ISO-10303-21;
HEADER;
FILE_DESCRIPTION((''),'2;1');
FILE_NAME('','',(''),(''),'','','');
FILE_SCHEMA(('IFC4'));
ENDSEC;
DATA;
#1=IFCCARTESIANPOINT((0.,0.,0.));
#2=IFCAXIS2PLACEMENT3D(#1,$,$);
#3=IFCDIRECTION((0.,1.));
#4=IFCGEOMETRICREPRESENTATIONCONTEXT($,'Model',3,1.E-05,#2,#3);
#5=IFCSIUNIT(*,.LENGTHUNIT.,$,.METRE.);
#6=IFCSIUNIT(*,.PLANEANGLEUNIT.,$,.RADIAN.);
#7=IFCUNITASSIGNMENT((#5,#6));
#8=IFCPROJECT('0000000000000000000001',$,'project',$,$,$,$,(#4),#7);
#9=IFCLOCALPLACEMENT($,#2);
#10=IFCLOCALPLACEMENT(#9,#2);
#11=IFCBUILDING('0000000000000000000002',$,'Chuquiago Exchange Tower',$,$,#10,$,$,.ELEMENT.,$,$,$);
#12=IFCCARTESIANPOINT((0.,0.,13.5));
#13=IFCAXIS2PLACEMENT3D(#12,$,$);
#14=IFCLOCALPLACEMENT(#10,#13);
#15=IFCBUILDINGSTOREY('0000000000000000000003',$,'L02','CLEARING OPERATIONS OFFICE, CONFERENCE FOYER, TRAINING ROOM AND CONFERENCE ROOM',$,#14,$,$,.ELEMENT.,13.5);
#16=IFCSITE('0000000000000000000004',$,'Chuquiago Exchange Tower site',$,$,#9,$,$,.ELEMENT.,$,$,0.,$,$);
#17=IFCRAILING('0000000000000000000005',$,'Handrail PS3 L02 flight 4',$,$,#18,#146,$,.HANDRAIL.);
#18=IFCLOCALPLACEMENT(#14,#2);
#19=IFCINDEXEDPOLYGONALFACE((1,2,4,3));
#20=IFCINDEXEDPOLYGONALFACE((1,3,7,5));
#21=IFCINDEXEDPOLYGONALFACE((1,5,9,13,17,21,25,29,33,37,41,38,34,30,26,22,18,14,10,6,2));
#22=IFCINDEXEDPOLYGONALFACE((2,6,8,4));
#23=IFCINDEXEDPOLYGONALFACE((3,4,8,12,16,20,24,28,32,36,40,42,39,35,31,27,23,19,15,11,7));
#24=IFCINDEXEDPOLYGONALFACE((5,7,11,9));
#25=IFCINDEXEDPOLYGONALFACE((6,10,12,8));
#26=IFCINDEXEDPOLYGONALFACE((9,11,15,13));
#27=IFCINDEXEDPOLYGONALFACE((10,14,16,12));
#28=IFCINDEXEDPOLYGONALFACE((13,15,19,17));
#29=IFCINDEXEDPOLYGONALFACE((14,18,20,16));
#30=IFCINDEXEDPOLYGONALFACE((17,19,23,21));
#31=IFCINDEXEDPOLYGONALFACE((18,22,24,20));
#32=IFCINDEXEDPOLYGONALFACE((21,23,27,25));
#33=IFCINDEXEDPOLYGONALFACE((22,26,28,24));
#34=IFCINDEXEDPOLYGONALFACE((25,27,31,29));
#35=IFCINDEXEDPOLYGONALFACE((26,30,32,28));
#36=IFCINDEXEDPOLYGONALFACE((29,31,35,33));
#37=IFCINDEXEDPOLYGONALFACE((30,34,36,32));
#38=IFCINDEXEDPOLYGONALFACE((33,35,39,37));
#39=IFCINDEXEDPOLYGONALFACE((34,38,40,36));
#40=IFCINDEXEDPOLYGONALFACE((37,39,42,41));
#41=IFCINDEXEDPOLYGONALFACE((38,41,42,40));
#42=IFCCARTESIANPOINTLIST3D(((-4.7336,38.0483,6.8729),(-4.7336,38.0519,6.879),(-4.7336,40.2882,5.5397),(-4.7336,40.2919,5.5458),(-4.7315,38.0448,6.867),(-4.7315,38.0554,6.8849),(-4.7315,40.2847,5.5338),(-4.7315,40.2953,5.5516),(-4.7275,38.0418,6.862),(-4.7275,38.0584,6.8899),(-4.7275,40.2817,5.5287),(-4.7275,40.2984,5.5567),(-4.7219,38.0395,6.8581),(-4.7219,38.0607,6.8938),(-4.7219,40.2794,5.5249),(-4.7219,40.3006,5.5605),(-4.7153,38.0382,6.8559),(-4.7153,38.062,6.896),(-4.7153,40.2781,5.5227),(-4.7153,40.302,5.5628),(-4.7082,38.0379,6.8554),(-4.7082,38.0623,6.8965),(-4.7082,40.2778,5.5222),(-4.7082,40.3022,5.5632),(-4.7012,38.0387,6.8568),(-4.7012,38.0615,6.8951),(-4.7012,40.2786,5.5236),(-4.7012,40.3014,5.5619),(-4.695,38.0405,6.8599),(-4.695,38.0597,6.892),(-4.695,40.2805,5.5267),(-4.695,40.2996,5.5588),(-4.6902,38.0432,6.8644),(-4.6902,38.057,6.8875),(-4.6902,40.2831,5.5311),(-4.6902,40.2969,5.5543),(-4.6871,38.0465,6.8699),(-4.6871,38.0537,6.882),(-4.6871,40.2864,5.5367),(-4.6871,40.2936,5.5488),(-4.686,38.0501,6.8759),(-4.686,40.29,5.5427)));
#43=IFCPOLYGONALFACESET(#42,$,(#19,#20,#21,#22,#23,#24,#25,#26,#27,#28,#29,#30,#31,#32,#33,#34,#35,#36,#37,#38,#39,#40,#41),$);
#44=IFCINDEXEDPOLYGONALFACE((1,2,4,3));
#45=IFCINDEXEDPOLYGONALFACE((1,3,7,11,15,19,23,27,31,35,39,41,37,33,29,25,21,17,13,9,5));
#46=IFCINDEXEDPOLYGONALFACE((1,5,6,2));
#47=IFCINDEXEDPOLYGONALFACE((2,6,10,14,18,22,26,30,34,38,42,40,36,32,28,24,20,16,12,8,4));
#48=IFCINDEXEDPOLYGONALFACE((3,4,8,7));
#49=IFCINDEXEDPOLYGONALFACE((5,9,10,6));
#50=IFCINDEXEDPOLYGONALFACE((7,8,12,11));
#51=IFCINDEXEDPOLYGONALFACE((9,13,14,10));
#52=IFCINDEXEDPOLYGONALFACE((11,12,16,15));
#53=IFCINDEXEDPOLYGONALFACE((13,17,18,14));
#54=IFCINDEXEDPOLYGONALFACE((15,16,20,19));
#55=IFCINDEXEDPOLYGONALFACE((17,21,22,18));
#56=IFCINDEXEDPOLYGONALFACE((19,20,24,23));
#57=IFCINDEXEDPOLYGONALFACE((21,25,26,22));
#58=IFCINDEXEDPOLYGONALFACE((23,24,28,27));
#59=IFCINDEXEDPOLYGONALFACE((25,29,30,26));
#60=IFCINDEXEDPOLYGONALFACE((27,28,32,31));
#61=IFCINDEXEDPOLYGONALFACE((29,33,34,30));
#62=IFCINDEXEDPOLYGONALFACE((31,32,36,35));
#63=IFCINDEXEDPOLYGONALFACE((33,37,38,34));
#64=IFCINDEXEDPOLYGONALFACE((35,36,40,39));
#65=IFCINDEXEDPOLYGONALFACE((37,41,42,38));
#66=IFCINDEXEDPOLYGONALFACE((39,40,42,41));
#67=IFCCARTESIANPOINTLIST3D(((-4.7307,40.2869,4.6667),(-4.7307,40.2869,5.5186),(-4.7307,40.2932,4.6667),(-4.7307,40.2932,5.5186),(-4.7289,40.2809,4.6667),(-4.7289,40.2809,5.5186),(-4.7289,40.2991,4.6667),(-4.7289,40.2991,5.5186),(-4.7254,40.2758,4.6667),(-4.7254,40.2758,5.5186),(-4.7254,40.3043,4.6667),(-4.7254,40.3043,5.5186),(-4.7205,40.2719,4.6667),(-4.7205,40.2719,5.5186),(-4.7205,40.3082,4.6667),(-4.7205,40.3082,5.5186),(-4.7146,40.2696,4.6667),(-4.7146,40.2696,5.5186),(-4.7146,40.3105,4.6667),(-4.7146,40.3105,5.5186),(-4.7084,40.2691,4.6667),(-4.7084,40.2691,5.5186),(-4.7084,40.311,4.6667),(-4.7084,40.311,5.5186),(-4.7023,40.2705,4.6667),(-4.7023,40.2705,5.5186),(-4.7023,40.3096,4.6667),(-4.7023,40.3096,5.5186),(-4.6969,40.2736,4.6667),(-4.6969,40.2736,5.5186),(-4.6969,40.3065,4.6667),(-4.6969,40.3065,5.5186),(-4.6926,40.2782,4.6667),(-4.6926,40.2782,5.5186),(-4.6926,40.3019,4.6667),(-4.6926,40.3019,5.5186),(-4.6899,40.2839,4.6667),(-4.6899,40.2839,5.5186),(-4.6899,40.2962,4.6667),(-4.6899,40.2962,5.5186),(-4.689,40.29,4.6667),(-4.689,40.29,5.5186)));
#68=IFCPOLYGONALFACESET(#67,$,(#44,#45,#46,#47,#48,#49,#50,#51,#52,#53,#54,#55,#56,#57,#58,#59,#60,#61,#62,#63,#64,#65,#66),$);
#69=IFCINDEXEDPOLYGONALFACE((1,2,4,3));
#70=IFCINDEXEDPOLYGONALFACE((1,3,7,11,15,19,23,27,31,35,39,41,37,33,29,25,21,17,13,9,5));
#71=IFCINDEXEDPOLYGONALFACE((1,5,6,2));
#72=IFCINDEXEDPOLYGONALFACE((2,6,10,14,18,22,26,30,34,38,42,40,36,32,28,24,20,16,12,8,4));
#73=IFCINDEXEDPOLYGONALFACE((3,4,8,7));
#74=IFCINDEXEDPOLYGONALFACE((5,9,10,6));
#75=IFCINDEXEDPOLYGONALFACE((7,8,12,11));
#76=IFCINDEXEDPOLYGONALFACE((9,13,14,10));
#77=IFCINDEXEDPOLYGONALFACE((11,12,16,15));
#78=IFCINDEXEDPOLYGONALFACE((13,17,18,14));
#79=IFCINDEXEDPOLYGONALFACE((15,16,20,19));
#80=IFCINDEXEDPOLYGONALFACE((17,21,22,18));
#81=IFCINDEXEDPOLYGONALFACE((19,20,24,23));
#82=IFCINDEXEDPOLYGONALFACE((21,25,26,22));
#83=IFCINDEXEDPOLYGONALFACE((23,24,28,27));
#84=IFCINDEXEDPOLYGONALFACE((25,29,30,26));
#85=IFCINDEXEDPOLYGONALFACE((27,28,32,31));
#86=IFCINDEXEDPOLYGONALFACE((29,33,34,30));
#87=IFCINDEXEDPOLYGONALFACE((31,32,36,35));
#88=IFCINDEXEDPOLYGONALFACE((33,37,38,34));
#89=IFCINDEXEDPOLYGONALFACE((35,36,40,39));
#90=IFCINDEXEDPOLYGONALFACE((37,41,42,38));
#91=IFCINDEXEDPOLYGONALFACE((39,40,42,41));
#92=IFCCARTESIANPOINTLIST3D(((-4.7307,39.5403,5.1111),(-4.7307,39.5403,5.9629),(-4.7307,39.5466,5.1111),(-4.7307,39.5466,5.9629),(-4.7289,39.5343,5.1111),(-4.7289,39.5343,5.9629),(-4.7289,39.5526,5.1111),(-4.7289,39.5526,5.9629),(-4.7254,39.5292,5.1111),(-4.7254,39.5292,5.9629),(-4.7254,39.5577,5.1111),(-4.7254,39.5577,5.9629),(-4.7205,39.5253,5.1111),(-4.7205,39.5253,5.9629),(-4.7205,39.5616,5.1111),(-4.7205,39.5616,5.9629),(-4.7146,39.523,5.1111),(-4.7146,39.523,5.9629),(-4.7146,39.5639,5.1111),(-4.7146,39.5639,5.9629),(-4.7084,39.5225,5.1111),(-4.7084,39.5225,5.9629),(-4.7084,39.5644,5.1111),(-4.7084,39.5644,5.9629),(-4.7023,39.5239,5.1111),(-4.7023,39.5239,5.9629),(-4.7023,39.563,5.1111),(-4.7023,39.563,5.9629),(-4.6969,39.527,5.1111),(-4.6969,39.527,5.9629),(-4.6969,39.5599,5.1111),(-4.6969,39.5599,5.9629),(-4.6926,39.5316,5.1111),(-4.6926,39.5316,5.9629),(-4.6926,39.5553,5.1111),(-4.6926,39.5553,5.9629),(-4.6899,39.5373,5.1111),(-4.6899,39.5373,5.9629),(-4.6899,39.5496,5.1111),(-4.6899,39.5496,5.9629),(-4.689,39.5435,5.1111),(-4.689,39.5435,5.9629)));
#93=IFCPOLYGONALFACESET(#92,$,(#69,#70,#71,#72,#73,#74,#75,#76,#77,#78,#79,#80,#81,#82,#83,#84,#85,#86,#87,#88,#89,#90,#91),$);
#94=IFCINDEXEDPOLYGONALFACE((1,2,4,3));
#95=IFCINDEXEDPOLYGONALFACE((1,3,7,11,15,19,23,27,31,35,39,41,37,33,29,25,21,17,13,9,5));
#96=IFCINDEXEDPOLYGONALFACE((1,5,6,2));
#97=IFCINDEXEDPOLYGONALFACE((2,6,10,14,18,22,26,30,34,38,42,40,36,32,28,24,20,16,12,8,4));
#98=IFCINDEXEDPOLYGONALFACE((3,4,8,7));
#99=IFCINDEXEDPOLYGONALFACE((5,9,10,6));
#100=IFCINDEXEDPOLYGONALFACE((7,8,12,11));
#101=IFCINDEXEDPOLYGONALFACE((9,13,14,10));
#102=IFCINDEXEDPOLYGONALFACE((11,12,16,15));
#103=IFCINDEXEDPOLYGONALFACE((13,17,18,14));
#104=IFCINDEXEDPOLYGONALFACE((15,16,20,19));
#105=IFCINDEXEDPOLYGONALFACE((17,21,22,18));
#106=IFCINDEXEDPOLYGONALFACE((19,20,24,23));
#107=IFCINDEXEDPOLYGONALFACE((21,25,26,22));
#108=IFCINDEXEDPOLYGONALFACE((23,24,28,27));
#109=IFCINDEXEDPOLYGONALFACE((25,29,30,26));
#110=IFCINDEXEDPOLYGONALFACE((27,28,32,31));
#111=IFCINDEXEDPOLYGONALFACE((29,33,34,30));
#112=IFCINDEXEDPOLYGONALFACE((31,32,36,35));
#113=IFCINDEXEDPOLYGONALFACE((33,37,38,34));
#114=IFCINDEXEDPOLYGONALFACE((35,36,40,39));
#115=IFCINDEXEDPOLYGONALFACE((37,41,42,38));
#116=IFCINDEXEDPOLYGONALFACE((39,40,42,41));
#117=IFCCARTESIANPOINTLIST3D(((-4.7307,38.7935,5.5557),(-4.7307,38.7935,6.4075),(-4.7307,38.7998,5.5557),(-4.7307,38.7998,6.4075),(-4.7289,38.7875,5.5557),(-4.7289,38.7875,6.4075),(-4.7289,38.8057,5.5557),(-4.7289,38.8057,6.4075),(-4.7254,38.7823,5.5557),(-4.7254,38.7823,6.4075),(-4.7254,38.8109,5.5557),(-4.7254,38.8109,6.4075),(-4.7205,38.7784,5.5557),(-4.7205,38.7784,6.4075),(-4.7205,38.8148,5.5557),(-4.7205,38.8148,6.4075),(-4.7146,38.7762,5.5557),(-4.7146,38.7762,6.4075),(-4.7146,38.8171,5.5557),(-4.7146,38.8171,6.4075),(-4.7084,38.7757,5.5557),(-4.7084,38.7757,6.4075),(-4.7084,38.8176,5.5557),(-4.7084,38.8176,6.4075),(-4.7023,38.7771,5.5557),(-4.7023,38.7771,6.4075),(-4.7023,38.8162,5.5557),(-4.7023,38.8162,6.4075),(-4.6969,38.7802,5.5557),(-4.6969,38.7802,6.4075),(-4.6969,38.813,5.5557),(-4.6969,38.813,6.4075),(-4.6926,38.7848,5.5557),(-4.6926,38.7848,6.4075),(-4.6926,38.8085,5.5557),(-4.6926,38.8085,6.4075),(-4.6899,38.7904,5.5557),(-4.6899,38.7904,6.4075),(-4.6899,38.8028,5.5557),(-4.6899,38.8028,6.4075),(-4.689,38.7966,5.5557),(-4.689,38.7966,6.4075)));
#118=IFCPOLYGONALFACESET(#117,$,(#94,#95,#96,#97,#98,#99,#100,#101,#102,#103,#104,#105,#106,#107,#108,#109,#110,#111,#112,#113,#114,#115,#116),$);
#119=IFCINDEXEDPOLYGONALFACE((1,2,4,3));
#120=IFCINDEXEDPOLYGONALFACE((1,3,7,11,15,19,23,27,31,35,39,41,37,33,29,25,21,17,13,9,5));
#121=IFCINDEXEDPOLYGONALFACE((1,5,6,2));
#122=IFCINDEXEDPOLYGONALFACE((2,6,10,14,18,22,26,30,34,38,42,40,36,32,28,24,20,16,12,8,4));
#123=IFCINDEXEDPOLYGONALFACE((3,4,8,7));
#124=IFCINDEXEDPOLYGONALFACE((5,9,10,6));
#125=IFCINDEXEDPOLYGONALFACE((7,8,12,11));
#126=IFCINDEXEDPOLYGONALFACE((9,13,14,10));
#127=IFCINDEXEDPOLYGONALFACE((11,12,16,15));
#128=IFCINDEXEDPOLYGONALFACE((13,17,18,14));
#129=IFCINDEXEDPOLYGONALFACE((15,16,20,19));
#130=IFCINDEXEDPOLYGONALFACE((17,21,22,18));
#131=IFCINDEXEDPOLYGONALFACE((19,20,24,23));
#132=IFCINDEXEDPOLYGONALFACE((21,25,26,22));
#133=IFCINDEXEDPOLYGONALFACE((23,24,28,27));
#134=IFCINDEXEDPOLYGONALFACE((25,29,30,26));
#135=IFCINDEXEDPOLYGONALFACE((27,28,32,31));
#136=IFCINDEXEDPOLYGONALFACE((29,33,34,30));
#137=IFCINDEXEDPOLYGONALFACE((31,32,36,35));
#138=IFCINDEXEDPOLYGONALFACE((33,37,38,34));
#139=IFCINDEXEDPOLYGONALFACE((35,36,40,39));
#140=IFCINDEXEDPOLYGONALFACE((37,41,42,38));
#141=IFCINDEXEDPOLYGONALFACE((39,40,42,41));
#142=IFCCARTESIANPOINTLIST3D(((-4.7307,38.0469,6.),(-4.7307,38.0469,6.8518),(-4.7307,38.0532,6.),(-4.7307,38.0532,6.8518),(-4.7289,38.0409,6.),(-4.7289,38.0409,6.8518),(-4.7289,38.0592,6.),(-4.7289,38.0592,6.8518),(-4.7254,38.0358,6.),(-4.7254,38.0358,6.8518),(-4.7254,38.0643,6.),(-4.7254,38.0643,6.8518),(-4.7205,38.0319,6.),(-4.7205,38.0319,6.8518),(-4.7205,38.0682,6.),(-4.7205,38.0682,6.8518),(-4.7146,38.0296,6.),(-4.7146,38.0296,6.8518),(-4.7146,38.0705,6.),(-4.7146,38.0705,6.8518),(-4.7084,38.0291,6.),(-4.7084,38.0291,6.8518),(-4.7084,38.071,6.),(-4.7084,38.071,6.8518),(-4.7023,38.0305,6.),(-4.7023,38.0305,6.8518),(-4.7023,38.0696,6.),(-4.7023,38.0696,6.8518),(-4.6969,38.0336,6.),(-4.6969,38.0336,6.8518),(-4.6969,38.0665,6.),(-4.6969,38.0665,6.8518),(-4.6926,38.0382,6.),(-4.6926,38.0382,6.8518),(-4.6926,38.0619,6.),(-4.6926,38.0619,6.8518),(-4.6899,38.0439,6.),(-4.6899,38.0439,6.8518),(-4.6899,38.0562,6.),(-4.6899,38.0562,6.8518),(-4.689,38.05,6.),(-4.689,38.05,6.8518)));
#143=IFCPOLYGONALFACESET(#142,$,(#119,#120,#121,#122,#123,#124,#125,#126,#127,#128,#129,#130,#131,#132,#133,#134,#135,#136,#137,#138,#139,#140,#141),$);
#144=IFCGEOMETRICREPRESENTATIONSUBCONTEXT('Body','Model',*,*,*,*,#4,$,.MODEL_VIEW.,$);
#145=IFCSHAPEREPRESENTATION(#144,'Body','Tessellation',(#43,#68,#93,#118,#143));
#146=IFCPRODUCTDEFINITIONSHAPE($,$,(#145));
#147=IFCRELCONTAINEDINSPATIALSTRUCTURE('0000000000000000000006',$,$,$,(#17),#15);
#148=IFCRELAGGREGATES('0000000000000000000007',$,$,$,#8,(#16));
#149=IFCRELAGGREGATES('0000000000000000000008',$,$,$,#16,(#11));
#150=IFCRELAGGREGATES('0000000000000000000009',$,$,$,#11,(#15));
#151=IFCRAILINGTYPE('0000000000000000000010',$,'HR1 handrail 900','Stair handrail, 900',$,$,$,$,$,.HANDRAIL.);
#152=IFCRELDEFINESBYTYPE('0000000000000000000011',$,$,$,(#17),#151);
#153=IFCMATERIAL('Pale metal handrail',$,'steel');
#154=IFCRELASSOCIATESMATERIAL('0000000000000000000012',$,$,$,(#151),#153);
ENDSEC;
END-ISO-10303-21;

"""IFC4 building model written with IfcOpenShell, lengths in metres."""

from ifc_helpers import new_model, si_unit, direction, frame, origin, origin_2d, place, context, subcontext, project, spatial, circle, extrude, material, type_object, element, save


model = new_model("IFC4")

# Units and contexts
model_context = context("Model", 3, precision=1e-05, world=origin(), true_north=direction((0.0, 1.0)))
body_context = subcontext(model_context, "Body", "Model", "MODEL_VIEW")
ifc_project = project(units=[si_unit("LENGTHUNIT", "METRE"), si_unit("PLANEANGLEUNIT", "RADIAN")], contexts=[model_context])

# Site, building, storey
site_placement = place(None, origin())
site = spatial("IfcSite", under=ifc_project, at=site_placement, Name="Chuquiago Exchange Tower site", CompositionType="ELEMENT", RefElevation=0.0)
building_placement = place(site_placement, origin())
building = spatial("IfcBuilding", under=site, at=building_placement, Name="Chuquiago Exchange Tower", CompositionType="ELEMENT")
storey_placement = place(building_placement, frame((0.0, 0.0, 13.5)))
storey = spatial("IfcBuildingStorey", under=building, at=storey_placement, Name="L02", Description="CLEARING OPERATIONS OFFICE, CONFERENCE FOYER, TRAINING ROOM AND CONFERENCE ROOM", CompositionType="ELEMENT", Elevation=13.5)

# Railing
ifc_material_1 = material(Name="Pale metal handrail", Category="steel")
railing_type = type_object("IfcRailingType", Name="HR1 handrail 900", Description="Stair handrail, 900", PredefinedType="HANDRAIL", material=ifc_material_1)
railing_placement = place(storey_placement, frame((-4.71, 40.29, 4.6667)))
element("IfcRailing", 1, at=railing_placement, inside=storey, type_object=railing_type, Name="Handrail PS3 L02 flight 4", PredefinedType="HANDRAIL", context=body_context, shape_type="SweptSolid", body=[
    extrude(circle(Radius=0.0239, at=origin_2d()), frame((0.0, 0.0, 0.876), z_axis=(0.0, -0.859306, 0.511462), x_axis=(1.0, 0.0, 0.0)), (0.0, 0.0, 1.0), 2.6067),
    extrude(circle(Radius=0.021, at=origin_2d()), origin(), (0.0, 0.0, 1.0), 0.8518),
    extrude(circle(Radius=0.021, at=origin_2d()), frame((0.0, -0.7466, 0.4443)), (0.0, 0.0, 1.0), 0.8518),
    extrude(circle(Radius=0.021, at=origin_2d()), frame((0.0, -1.4934, 0.8889)), (0.0, 0.0, 1.0), 0.8518),
    extrude(circle(Radius=0.021, at=origin_2d()), frame((0.0, -2.24, 1.3333)), (0.0, 0.0, 1.0), 0.8518),
])

save(model, "model.ifc")
